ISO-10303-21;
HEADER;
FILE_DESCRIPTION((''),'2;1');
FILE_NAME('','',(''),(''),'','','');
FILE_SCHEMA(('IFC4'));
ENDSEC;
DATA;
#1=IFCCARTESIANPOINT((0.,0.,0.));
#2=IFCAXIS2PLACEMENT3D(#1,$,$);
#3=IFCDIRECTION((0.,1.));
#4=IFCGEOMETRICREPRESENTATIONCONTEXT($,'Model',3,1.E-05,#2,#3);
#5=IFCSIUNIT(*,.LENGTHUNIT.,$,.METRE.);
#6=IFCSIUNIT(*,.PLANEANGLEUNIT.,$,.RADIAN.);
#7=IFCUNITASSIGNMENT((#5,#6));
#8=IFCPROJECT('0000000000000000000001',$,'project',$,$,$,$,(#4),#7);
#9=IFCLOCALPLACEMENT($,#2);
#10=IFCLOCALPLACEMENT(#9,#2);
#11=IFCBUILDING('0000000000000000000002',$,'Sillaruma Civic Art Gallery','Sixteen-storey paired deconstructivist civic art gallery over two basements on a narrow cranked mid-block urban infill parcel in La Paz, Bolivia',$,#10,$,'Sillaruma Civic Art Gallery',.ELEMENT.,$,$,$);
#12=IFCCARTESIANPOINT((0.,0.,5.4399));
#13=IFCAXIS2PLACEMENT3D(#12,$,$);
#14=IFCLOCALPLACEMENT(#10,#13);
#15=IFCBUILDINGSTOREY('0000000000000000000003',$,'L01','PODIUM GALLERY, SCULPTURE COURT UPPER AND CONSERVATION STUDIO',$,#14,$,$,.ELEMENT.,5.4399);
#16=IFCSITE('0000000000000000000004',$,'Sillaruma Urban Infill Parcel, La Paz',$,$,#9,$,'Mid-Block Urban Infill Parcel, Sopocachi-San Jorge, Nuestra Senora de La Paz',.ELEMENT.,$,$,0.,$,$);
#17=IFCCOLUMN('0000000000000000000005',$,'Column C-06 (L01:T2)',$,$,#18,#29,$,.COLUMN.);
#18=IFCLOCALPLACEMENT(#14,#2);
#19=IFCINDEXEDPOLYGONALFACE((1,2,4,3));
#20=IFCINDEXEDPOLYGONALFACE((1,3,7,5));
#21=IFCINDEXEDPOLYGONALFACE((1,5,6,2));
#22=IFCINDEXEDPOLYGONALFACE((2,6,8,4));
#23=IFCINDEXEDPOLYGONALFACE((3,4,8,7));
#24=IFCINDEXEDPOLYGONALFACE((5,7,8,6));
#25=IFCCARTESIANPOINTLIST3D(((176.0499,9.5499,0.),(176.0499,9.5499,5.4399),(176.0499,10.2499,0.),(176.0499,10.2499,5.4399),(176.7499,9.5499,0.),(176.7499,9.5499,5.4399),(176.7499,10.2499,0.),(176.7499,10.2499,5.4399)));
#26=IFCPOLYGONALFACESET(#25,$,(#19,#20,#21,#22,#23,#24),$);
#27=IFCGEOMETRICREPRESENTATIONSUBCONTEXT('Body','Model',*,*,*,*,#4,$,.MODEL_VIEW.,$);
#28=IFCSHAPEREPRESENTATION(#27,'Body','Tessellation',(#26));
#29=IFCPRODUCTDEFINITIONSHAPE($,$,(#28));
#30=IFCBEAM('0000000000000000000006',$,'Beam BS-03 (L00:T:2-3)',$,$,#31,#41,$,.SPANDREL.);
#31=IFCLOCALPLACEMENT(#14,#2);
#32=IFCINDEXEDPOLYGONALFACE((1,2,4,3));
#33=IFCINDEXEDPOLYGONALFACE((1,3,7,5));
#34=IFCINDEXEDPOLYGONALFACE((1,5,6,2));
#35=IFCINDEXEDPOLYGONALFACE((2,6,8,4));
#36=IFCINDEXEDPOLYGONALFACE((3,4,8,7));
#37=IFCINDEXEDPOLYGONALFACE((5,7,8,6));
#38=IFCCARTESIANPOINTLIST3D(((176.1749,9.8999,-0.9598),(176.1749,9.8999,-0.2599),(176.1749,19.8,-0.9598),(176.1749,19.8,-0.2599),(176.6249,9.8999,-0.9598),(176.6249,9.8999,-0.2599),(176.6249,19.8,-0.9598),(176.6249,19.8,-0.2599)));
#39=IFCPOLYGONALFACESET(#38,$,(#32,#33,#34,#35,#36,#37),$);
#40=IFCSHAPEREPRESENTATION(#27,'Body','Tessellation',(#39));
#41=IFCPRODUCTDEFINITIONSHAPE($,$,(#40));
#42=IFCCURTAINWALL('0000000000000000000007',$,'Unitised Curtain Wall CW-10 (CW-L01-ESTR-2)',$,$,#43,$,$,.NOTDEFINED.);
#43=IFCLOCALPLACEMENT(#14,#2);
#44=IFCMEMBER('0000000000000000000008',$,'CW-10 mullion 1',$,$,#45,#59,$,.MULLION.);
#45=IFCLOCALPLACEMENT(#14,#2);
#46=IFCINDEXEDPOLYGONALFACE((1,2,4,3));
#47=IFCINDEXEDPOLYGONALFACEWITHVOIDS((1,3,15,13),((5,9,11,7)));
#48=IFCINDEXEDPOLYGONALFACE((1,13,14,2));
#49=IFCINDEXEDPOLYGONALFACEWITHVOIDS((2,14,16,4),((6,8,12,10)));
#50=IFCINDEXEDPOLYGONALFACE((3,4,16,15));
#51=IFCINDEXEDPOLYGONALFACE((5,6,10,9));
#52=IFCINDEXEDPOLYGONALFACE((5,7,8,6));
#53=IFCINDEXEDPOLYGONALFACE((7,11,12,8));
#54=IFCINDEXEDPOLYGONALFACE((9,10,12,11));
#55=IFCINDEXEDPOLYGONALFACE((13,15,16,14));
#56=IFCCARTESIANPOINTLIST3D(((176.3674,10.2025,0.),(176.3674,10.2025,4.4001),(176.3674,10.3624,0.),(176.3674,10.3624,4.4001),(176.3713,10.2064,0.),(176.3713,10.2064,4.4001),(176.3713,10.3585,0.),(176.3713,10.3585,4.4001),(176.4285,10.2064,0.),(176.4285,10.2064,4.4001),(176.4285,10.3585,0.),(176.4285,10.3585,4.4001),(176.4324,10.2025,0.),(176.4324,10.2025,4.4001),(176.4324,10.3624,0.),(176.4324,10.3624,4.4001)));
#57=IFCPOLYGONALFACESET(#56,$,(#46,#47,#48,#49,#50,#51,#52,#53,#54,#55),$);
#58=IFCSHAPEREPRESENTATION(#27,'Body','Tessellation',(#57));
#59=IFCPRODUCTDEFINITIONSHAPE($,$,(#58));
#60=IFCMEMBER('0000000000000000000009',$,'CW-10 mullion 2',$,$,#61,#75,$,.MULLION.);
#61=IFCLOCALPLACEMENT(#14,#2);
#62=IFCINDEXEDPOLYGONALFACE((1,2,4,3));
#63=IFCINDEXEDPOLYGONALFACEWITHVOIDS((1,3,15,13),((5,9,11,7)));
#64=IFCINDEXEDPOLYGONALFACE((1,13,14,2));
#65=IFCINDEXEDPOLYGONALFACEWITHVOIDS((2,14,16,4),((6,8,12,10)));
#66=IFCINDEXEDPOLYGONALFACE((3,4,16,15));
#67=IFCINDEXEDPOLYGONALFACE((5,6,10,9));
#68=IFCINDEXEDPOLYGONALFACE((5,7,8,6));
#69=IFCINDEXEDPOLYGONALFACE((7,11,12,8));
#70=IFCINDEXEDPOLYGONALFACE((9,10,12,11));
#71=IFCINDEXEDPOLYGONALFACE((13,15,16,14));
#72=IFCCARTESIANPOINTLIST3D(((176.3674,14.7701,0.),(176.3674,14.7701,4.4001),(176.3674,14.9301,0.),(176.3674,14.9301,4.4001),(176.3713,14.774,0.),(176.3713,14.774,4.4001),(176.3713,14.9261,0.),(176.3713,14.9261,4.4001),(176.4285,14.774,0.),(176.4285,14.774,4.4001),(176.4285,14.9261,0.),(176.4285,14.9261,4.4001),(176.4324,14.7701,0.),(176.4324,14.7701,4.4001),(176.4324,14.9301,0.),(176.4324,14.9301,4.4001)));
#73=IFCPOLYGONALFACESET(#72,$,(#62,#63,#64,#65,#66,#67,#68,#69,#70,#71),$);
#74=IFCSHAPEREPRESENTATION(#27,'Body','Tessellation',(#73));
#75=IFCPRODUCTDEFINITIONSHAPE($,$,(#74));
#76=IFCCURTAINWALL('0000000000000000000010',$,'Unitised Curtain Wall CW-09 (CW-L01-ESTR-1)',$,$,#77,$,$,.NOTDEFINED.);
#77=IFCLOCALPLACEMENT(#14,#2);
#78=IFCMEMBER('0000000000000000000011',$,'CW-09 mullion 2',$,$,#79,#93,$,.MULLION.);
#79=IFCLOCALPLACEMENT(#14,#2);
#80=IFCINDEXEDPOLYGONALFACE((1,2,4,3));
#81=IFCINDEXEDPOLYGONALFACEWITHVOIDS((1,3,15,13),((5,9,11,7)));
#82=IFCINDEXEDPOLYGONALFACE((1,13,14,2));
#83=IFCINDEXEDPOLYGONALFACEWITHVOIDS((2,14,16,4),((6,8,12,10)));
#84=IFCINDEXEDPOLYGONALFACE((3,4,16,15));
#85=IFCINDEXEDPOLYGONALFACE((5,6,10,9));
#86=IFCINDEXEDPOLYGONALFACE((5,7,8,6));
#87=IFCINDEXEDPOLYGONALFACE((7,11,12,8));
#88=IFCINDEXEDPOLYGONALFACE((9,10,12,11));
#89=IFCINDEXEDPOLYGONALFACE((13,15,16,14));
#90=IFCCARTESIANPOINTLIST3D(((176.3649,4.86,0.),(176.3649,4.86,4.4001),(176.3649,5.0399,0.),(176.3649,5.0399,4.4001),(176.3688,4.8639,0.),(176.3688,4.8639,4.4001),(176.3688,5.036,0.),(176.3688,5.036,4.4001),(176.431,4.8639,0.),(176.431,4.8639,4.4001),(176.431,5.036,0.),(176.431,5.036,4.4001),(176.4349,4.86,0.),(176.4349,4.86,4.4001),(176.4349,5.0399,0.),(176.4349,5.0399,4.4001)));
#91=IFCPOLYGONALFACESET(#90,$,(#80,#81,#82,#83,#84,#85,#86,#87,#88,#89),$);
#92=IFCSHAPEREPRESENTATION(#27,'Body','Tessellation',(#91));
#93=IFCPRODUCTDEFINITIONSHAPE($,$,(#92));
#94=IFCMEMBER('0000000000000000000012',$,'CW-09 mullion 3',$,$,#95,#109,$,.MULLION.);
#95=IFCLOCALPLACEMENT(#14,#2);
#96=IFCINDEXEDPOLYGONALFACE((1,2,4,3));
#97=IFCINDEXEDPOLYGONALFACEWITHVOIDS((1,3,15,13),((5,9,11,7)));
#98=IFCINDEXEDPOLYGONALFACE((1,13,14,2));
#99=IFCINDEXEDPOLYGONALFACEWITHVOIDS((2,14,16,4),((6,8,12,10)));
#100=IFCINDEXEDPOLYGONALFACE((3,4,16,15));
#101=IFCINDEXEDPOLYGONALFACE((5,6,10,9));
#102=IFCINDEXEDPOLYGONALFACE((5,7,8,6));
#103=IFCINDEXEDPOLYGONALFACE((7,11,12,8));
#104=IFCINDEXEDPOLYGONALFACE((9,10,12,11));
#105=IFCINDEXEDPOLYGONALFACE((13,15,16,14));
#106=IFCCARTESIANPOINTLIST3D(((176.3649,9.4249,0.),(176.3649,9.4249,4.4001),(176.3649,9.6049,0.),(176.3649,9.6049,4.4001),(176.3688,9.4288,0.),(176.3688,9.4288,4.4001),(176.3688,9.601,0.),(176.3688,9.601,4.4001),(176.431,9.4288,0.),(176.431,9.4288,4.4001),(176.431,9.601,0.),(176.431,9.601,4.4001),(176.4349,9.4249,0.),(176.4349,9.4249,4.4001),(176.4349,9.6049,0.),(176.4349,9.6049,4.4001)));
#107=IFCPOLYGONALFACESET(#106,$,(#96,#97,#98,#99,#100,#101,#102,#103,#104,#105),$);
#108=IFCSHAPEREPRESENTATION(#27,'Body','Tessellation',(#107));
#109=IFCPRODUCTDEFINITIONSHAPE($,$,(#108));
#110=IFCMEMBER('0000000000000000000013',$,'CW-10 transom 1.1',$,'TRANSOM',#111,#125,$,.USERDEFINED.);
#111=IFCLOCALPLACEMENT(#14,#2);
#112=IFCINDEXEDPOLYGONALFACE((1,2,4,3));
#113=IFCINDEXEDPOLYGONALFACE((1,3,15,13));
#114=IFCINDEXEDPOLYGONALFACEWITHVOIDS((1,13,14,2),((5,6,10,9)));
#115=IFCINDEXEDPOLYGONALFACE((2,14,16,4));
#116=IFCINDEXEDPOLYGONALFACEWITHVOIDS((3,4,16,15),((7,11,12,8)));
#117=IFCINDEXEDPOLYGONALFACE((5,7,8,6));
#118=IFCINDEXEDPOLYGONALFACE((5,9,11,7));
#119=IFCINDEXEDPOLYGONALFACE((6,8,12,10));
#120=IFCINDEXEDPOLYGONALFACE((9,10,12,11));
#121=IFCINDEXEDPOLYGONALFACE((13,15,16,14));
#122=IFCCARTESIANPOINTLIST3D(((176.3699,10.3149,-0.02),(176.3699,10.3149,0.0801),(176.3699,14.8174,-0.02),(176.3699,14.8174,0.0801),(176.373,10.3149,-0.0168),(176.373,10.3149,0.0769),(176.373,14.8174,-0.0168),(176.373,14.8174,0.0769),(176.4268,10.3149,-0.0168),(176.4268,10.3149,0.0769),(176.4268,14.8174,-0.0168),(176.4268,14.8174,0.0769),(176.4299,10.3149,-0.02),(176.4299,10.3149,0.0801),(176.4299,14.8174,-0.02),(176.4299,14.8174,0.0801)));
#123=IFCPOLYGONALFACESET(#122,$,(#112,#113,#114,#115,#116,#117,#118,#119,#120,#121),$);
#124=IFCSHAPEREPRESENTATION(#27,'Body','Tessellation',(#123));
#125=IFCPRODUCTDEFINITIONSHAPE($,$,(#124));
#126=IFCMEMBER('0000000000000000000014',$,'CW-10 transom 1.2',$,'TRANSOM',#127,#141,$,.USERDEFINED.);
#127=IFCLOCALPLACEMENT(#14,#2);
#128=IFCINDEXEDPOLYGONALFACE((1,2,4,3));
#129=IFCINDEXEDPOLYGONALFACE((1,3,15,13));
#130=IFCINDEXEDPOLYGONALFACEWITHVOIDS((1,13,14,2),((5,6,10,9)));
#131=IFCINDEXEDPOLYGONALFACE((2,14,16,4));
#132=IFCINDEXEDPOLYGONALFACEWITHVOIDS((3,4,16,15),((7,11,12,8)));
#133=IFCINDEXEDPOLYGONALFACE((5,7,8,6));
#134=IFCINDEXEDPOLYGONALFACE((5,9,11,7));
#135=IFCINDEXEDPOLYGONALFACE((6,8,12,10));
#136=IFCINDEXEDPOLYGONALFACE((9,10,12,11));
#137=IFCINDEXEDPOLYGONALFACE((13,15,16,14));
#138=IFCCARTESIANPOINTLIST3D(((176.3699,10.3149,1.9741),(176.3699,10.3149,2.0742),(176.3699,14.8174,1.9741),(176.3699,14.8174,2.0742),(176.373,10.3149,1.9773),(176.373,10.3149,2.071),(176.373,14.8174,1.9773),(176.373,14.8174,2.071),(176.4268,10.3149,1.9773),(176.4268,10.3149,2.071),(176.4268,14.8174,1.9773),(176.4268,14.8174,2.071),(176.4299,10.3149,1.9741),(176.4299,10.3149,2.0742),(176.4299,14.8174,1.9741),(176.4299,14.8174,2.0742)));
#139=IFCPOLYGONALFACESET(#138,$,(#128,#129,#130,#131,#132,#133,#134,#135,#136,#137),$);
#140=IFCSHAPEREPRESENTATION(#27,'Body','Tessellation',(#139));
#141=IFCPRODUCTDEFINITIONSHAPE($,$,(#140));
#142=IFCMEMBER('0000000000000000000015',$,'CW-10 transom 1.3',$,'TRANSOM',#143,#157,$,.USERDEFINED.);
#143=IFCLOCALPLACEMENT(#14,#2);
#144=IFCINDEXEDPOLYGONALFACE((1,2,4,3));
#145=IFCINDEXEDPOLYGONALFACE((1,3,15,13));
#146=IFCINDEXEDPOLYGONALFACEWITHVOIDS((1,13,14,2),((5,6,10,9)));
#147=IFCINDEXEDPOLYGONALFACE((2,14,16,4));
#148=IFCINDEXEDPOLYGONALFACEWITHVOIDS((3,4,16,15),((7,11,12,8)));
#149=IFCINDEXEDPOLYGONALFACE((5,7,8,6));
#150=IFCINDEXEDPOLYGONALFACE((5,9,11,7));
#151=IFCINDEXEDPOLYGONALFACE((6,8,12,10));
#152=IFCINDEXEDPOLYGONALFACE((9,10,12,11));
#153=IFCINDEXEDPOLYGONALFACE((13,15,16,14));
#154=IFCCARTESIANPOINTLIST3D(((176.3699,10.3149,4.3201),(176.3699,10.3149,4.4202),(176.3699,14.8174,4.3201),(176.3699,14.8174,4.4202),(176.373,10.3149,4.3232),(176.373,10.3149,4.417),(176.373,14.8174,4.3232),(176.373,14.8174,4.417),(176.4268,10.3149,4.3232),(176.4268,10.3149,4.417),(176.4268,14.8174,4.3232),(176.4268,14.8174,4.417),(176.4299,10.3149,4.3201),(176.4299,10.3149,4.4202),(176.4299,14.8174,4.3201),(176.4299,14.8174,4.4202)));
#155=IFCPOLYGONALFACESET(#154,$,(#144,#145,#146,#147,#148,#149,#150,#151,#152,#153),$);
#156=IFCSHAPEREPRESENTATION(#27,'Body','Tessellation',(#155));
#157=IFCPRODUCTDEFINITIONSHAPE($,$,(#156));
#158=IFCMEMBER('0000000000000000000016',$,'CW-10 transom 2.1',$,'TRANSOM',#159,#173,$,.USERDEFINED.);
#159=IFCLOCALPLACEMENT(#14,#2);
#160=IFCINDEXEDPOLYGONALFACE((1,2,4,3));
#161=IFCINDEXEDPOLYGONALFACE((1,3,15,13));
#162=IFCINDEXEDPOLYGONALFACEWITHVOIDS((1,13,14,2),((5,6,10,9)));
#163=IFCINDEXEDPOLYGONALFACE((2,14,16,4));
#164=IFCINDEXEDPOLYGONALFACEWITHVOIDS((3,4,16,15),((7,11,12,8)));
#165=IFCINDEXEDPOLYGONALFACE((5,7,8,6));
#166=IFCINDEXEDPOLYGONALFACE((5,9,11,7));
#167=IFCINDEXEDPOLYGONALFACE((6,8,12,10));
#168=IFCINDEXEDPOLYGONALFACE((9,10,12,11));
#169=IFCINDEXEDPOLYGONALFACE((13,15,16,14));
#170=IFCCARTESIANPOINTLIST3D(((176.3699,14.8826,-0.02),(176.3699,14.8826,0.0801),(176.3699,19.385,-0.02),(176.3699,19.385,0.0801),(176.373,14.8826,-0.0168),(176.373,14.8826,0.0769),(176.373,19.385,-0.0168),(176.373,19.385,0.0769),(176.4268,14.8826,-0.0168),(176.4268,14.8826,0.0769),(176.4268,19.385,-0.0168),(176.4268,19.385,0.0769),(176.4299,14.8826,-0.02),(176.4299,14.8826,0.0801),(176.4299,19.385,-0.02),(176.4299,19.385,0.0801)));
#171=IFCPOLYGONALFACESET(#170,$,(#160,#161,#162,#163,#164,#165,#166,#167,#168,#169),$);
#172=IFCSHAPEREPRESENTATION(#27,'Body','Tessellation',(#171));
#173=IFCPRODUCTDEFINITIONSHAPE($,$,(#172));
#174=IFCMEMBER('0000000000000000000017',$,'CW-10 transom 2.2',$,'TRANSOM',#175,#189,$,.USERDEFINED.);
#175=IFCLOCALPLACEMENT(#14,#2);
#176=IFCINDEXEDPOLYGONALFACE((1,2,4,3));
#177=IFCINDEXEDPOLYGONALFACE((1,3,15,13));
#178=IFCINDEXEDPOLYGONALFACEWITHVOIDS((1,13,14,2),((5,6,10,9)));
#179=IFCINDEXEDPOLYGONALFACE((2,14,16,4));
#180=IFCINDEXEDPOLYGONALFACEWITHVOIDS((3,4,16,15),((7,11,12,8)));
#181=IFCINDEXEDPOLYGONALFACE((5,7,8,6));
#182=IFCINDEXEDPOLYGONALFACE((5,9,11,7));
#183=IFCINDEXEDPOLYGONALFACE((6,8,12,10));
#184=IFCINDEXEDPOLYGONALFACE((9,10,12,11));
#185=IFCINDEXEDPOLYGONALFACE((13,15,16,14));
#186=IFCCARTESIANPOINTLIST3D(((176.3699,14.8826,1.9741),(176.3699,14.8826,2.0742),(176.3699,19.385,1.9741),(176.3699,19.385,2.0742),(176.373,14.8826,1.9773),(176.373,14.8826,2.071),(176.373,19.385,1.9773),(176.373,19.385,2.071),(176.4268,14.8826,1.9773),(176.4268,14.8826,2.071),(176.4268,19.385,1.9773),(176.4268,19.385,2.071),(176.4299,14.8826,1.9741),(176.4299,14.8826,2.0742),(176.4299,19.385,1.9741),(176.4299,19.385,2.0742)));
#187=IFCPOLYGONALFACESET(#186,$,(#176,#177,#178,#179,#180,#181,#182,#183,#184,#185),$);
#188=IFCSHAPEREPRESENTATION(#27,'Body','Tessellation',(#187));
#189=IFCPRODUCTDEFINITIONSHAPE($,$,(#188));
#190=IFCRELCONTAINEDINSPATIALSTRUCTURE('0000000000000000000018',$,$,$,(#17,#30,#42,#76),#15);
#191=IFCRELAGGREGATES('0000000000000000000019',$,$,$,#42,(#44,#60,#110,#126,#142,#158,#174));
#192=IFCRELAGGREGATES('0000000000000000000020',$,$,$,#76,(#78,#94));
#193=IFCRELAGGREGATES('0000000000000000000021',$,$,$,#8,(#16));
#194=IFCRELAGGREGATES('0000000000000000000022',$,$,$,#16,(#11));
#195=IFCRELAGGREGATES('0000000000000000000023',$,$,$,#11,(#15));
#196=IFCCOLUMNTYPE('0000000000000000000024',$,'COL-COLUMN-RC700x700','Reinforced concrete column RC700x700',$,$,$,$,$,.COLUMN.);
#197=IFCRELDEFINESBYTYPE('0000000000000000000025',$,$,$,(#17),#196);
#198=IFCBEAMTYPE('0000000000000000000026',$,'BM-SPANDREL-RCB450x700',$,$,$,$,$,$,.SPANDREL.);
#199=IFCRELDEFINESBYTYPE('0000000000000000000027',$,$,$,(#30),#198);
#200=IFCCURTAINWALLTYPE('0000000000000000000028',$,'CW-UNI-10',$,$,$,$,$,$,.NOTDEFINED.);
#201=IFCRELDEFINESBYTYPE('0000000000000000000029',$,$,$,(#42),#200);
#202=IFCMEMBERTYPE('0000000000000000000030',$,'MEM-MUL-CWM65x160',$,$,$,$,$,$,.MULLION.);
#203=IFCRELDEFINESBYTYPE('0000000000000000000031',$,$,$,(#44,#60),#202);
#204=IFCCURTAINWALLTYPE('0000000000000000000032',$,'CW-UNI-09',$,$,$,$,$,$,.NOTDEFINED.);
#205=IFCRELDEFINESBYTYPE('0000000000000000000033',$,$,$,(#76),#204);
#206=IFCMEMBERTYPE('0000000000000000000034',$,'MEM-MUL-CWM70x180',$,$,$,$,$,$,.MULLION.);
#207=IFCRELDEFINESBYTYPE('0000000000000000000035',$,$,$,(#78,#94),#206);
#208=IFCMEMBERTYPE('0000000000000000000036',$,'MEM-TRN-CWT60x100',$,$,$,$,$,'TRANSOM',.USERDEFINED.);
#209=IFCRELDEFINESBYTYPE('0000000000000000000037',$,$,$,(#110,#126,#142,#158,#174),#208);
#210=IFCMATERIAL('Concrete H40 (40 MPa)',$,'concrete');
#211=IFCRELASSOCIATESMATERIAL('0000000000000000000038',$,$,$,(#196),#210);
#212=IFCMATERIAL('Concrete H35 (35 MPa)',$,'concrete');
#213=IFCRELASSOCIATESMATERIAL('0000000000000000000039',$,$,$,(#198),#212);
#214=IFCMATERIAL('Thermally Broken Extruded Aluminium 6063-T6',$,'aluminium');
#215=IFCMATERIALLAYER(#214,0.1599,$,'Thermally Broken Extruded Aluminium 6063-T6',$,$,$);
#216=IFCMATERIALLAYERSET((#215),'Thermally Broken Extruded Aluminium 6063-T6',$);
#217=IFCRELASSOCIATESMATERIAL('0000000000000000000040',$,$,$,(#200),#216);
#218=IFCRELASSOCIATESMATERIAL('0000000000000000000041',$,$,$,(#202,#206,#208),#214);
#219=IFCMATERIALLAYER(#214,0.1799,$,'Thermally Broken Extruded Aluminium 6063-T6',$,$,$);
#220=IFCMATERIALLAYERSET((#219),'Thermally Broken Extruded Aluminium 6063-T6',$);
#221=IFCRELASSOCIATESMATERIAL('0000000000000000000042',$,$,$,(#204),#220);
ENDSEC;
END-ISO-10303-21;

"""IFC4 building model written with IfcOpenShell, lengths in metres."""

from ifc_helpers import new_model, si_unit, direction, frame, origin, origin_2d, place, context, subcontext, project, spatial, rectangle, hollow_rectangle, extrude, material, layer, layer_set, material_profile, profile_set, type_object, element, aggregate, save


model = new_model("IFC4")

# Units and contexts
model_context = context("Model", 3, precision=1e-05, world=origin(), true_north=direction((0.0, 1.0)))
body_context = subcontext(model_context, "Body", "Model", "MODEL_VIEW")
ifc_project = project(units=[si_unit("LENGTHUNIT", "METRE"), si_unit("PLANEANGLEUNIT", "RADIAN")], contexts=[model_context])

# Site, building, storey
site_placement = place(None, origin())
site = spatial("IfcSite", under=ifc_project, at=site_placement, Name="Sillaruma Urban Infill Parcel, La Paz", LongName="Mid-Block Urban Infill Parcel, Sopocachi-San Jorge, Nuestra Senora de La Paz", CompositionType="ELEMENT", RefElevation=0.0)
building_placement = place(site_placement, origin())
building = spatial("IfcBuilding", under=site, at=building_placement, Name="Sillaruma Civic Art Gallery", Description="Sixteen-storey paired deconstructivist civic art gallery over two basements on a narrow cranked mid-block urban infill parcel in La Paz, Bolivia", LongName="Sillaruma Civic Art Gallery", CompositionType="ELEMENT")
storey_placement = place(building_placement, frame((0.0, 0.0, 5.4399)))
storey = spatial("IfcBuildingStorey", under=building, at=storey_placement, Name="L01", Description="PODIUM GALLERY, SCULPTURE COURT UPPER AND CONSERVATION STUDIO", CompositionType="ELEMENT", Elevation=5.4399)

# Column
ifc_material_1 = material(Name="Concrete H40 (40 MPa)", Category="concrete")
ifc_material_profile_1 = material_profile(ifc_material_1, rectangle(XDim=0.7, YDim=0.7, at=origin_2d()), Name="RC700x700")
ifc_profile_set_1 = profile_set([ifc_material_profile_1], Name="Concrete H40 (40 MPa)")
column_type = type_object("IfcColumnType", Name="COL-COLUMN-RC700x700", Description="Reinforced concrete column RC700x700", PredefinedType="COLUMN", material=ifc_profile_set_1)
column_placement = place(storey_placement, frame((176.3999, 9.8999, 0.0), z_axis=(0.0, 0.0, 1.0), x_axis=(1.0, 0.0, 0.0)))
element("IfcColumn", 1, at=column_placement, inside=storey, type_object=column_type, Name="Column C-06 (L01:T2)", PredefinedType="COLUMN", context=body_context, shape_type="SweptSolid", body=[
    extrude(rectangle(XDim=0.7, YDim=0.7, at=origin_2d()), origin(), (0.0, 0.0, 1.0), 5.4399),
])

# Beam
ifc_material_2 = material(Name="Concrete H35 (35 MPa)", Category="concrete")
ifc_material_profile_2 = material_profile(ifc_material_2, rectangle(XDim=0.45, YDim=0.7, at=origin_2d()), Name="RCB450x700")
ifc_profile_set_2 = profile_set([ifc_material_profile_2], Name="Concrete H35 (35 MPa)")
beam_type = type_object("IfcBeamType", Name="BM-SPANDREL-RCB450x700", PredefinedType="SPANDREL", material=ifc_profile_set_2)
beam_placement = place(storey_placement, frame((176.3999, 9.8999, -0.6099), z_axis=(0.0, 1.0, 0.0), x_axis=(-1.0, 0.0, 0.0)))
element("IfcBeam", 2, at=beam_placement, inside=storey, type_object=beam_type, Name="Beam BS-03 (L00:T:2-3)", PredefinedType="SPANDREL", context=body_context, shape_type="SweptSolid", body=[
    extrude(rectangle(XDim=0.45, YDim=0.7, at=origin_2d()), origin(), (0.0, 0.0, 1.0), 9.9001),
])

# Curtain walls, members
ifc_material_3 = material(Name="Thermally Broken Extruded Aluminium 6063-T6", Category="aluminium")
ifc_layer_1 = layer(ifc_material_3, 0.1599, Name="Thermally Broken Extruded Aluminium 6063-T6")
ifc_layer_set_1 = layer_set([ifc_layer_1], Name="Thermally Broken Extruded Aluminium 6063-T6")
curtain_wall_type_1 = type_object("IfcCurtainWallType", Name="CW-UNI-10", PredefinedType="NOTDEFINED", material=ifc_layer_set_1)
curtain_wall_1_placement = place(storey_placement, origin())
curtain_wall_1 = element("IfcCurtainWall", 3, at=curtain_wall_1_placement, inside=storey, type_object=curtain_wall_type_1, Name="Unitised Curtain Wall CW-10 (CW-L01-ESTR-2)", PredefinedType="NOTDEFINED")
ifc_material_profile_3 = material_profile(ifc_material_3, hollow_rectangle(XDim=0.0649, YDim=0.1599, WallThickness=0.0039, at=origin_2d()), Name="CWM65x160")
ifc_profile_set_3 = profile_set([ifc_material_profile_3], Name="Thermally Broken Extruded Aluminium 6063-T6")
member_type_1 = type_object("IfcMemberType", Name="MEM-MUL-CWM65x160", PredefinedType="MULLION", material=ifc_profile_set_3)
member_1_placement = place(storey_placement, frame((176.3999, 10.2825, 0.0), z_axis=(0.0, 0.0, 1.0), x_axis=(-1.0, 0.0, 0.0)))
member_1 = element("IfcMember", 4, at=member_1_placement, type_object=member_type_1, Name="CW-10 mullion 1", PredefinedType="MULLION", context=body_context, shape_type="SweptSolid", body=[
    extrude(hollow_rectangle(XDim=0.0649, YDim=0.1599, WallThickness=0.0039, at=origin_2d()), origin(), (0.0, 0.0, 1.0), 4.4001),
])
member_2_placement = place(storey_placement, frame((176.3999, 14.8501, 0.0), z_axis=(0.0, 0.0, 1.0), x_axis=(-1.0, 0.0, 0.0)))
member_2 = element("IfcMember", 5, at=member_2_placement, type_object=member_type_1, Name="CW-10 mullion 2", PredefinedType="MULLION", context=body_context, shape_type="SweptSolid", body=[
    extrude(hollow_rectangle(XDim=0.0649, YDim=0.1599, WallThickness=0.0039, at=origin_2d()), origin(), (0.0, 0.0, 1.0), 4.4001),
])
ifc_layer_2 = layer(ifc_material_3, 0.1799, Name="Thermally Broken Extruded Aluminium 6063-T6")
ifc_layer_set_2 = layer_set([ifc_layer_2], Name="Thermally Broken Extruded Aluminium 6063-T6")
curtain_wall_type_2 = type_object("IfcCurtainWallType", Name="CW-UNI-09", PredefinedType="NOTDEFINED", material=ifc_layer_set_2)
curtain_wall_2_placement = place(storey_placement, origin())
curtain_wall_2 = element("IfcCurtainWall", 6, at=curtain_wall_2_placement, inside=storey, type_object=curtain_wall_type_2, Name="Unitised Curtain Wall CW-09 (CW-L01-ESTR-1)", PredefinedType="NOTDEFINED")
ifc_material_profile_4 = material_profile(ifc_material_3, hollow_rectangle(XDim=0.0701, YDim=0.1799, WallThickness=0.0039, at=origin_2d()), Name="CWM70x180")
ifc_profile_set_4 = profile_set([ifc_material_profile_4], Name="Thermally Broken Extruded Aluminium 6063-T6")
member_type_2 = type_object("IfcMemberType", Name="MEM-MUL-CWM70x180", PredefinedType="MULLION", material=ifc_profile_set_4)
member_3_placement = place(storey_placement, frame((176.3999, 4.95, 0.0), z_axis=(0.0, 0.0, 1.0), x_axis=(-1.0, 0.0, 0.0)))
member_3 = element("IfcMember", 7, at=member_3_placement, type_object=member_type_2, Name="CW-09 mullion 2", PredefinedType="MULLION", context=body_context, shape_type="SweptSolid", body=[
    extrude(hollow_rectangle(XDim=0.0701, YDim=0.1799, WallThickness=0.0039, at=origin_2d()), origin(), (0.0, 0.0, 1.0), 4.4001),
])
member_4_placement = place(storey_placement, frame((176.3999, 9.5149, 0.0), z_axis=(0.0, 0.0, 1.0), x_axis=(-1.0, 0.0, 0.0)))
member_4 = element("IfcMember", 8, at=member_4_placement, type_object=member_type_2, Name="CW-09 mullion 3", PredefinedType="MULLION", context=body_context, shape_type="SweptSolid", body=[
    extrude(hollow_rectangle(XDim=0.0701, YDim=0.1799, WallThickness=0.0039, at=origin_2d()), origin(), (0.0, 0.0, 1.0), 4.4001),
])

# Members
ifc_material_profile_5 = material_profile(ifc_material_3, hollow_rectangle(XDim=0.0601, YDim=0.1001, WallThickness=0.0032, at=origin_2d()), Name="CWT60x100")
ifc_profile_set_5 = profile_set([ifc_material_profile_5], Name="Thermally Broken Extruded Aluminium 6063-T6")
member_type_3 = type_object("IfcMemberType", Name="MEM-TRN-CWT60x100", ElementType="TRANSOM", PredefinedType="USERDEFINED", material=ifc_profile_set_5)
member_5_placement = place(storey_placement, frame((176.3999, 10.3149, 0.03), z_axis=(0.0, 1.0, 0.0), x_axis=(-1.0, 0.0, 0.0)))
member_5 = element("IfcMember", 9, at=member_5_placement, type_object=member_type_3, Name="CW-10 transom 1.1", ObjectType="TRANSOM", PredefinedType="USERDEFINED", context=body_context, shape_type="SweptSolid", body=[
    extrude(hollow_rectangle(XDim=0.0601, YDim=0.1001, WallThickness=0.0032, at=origin_2d()), origin(), (0.0, 0.0, 1.0), 4.5024),
])
member_6_placement = place(storey_placement, frame((176.3999, 10.3149, 2.0242), z_axis=(0.0, 1.0, 0.0), x_axis=(-1.0, 0.0, 0.0)))
member_6 = element("IfcMember", 10, at=member_6_placement, type_object=member_type_3, Name="CW-10 transom 1.2", ObjectType="TRANSOM", PredefinedType="USERDEFINED", context=body_context, shape_type="SweptSolid", body=[
    extrude(hollow_rectangle(XDim=0.0601, YDim=0.1001, WallThickness=0.0032, at=origin_2d()), origin(), (0.0, 0.0, 1.0), 4.5024),
])
member_7_placement = place(storey_placement, frame((176.3999, 10.3149, 4.3701), z_axis=(0.0, 1.0, 0.0), x_axis=(-1.0, 0.0, 0.0)))
member_7 = element("IfcMember", 11, at=member_7_placement, type_object=member_type_3, Name="CW-10 transom 1.3", ObjectType="TRANSOM", PredefinedType="USERDEFINED", context=body_context, shape_type="SweptSolid", body=[
    extrude(hollow_rectangle(XDim=0.0601, YDim=0.1001, WallThickness=0.0032, at=origin_2d()), origin(), (0.0, 0.0, 1.0), 4.5024),
])
member_8_placement = place(storey_placement, frame((176.3999, 14.8826, 0.03), z_axis=(0.0, 1.0, 0.0), x_axis=(-1.0, 0.0, 0.0)))
member_8 = element("IfcMember", 12, at=member_8_placement, type_object=member_type_3, Name="CW-10 transom 2.1", ObjectType="TRANSOM", PredefinedType="USERDEFINED", context=body_context, shape_type="SweptSolid", body=[
    extrude(hollow_rectangle(XDim=0.0601, YDim=0.1001, WallThickness=0.0032, at=origin_2d()), origin(), (0.0, 0.0, 1.0), 4.5024),
])
member_9_placement = place(storey_placement, frame((176.3999, 14.8826, 2.0242), z_axis=(0.0, 1.0, 0.0), x_axis=(-1.0, 0.0, 0.0)))
member_9 = element("IfcMember", 13, at=member_9_placement, type_object=member_type_3, Name="CW-10 transom 2.2", ObjectType="TRANSOM", PredefinedType="USERDEFINED", context=body_context, shape_type="SweptSolid", body=[
    extrude(hollow_rectangle(XDim=0.0601, YDim=0.1001, WallThickness=0.0032, at=origin_2d()), origin(), (0.0, 0.0, 1.0), 4.5024),
])

aggregate(curtain_wall_1, [member_1, member_2, member_5, member_6, member_7, member_8, member_9])
aggregate(curtain_wall_2, [member_3, member_4])

save(model, "model.ifc")
